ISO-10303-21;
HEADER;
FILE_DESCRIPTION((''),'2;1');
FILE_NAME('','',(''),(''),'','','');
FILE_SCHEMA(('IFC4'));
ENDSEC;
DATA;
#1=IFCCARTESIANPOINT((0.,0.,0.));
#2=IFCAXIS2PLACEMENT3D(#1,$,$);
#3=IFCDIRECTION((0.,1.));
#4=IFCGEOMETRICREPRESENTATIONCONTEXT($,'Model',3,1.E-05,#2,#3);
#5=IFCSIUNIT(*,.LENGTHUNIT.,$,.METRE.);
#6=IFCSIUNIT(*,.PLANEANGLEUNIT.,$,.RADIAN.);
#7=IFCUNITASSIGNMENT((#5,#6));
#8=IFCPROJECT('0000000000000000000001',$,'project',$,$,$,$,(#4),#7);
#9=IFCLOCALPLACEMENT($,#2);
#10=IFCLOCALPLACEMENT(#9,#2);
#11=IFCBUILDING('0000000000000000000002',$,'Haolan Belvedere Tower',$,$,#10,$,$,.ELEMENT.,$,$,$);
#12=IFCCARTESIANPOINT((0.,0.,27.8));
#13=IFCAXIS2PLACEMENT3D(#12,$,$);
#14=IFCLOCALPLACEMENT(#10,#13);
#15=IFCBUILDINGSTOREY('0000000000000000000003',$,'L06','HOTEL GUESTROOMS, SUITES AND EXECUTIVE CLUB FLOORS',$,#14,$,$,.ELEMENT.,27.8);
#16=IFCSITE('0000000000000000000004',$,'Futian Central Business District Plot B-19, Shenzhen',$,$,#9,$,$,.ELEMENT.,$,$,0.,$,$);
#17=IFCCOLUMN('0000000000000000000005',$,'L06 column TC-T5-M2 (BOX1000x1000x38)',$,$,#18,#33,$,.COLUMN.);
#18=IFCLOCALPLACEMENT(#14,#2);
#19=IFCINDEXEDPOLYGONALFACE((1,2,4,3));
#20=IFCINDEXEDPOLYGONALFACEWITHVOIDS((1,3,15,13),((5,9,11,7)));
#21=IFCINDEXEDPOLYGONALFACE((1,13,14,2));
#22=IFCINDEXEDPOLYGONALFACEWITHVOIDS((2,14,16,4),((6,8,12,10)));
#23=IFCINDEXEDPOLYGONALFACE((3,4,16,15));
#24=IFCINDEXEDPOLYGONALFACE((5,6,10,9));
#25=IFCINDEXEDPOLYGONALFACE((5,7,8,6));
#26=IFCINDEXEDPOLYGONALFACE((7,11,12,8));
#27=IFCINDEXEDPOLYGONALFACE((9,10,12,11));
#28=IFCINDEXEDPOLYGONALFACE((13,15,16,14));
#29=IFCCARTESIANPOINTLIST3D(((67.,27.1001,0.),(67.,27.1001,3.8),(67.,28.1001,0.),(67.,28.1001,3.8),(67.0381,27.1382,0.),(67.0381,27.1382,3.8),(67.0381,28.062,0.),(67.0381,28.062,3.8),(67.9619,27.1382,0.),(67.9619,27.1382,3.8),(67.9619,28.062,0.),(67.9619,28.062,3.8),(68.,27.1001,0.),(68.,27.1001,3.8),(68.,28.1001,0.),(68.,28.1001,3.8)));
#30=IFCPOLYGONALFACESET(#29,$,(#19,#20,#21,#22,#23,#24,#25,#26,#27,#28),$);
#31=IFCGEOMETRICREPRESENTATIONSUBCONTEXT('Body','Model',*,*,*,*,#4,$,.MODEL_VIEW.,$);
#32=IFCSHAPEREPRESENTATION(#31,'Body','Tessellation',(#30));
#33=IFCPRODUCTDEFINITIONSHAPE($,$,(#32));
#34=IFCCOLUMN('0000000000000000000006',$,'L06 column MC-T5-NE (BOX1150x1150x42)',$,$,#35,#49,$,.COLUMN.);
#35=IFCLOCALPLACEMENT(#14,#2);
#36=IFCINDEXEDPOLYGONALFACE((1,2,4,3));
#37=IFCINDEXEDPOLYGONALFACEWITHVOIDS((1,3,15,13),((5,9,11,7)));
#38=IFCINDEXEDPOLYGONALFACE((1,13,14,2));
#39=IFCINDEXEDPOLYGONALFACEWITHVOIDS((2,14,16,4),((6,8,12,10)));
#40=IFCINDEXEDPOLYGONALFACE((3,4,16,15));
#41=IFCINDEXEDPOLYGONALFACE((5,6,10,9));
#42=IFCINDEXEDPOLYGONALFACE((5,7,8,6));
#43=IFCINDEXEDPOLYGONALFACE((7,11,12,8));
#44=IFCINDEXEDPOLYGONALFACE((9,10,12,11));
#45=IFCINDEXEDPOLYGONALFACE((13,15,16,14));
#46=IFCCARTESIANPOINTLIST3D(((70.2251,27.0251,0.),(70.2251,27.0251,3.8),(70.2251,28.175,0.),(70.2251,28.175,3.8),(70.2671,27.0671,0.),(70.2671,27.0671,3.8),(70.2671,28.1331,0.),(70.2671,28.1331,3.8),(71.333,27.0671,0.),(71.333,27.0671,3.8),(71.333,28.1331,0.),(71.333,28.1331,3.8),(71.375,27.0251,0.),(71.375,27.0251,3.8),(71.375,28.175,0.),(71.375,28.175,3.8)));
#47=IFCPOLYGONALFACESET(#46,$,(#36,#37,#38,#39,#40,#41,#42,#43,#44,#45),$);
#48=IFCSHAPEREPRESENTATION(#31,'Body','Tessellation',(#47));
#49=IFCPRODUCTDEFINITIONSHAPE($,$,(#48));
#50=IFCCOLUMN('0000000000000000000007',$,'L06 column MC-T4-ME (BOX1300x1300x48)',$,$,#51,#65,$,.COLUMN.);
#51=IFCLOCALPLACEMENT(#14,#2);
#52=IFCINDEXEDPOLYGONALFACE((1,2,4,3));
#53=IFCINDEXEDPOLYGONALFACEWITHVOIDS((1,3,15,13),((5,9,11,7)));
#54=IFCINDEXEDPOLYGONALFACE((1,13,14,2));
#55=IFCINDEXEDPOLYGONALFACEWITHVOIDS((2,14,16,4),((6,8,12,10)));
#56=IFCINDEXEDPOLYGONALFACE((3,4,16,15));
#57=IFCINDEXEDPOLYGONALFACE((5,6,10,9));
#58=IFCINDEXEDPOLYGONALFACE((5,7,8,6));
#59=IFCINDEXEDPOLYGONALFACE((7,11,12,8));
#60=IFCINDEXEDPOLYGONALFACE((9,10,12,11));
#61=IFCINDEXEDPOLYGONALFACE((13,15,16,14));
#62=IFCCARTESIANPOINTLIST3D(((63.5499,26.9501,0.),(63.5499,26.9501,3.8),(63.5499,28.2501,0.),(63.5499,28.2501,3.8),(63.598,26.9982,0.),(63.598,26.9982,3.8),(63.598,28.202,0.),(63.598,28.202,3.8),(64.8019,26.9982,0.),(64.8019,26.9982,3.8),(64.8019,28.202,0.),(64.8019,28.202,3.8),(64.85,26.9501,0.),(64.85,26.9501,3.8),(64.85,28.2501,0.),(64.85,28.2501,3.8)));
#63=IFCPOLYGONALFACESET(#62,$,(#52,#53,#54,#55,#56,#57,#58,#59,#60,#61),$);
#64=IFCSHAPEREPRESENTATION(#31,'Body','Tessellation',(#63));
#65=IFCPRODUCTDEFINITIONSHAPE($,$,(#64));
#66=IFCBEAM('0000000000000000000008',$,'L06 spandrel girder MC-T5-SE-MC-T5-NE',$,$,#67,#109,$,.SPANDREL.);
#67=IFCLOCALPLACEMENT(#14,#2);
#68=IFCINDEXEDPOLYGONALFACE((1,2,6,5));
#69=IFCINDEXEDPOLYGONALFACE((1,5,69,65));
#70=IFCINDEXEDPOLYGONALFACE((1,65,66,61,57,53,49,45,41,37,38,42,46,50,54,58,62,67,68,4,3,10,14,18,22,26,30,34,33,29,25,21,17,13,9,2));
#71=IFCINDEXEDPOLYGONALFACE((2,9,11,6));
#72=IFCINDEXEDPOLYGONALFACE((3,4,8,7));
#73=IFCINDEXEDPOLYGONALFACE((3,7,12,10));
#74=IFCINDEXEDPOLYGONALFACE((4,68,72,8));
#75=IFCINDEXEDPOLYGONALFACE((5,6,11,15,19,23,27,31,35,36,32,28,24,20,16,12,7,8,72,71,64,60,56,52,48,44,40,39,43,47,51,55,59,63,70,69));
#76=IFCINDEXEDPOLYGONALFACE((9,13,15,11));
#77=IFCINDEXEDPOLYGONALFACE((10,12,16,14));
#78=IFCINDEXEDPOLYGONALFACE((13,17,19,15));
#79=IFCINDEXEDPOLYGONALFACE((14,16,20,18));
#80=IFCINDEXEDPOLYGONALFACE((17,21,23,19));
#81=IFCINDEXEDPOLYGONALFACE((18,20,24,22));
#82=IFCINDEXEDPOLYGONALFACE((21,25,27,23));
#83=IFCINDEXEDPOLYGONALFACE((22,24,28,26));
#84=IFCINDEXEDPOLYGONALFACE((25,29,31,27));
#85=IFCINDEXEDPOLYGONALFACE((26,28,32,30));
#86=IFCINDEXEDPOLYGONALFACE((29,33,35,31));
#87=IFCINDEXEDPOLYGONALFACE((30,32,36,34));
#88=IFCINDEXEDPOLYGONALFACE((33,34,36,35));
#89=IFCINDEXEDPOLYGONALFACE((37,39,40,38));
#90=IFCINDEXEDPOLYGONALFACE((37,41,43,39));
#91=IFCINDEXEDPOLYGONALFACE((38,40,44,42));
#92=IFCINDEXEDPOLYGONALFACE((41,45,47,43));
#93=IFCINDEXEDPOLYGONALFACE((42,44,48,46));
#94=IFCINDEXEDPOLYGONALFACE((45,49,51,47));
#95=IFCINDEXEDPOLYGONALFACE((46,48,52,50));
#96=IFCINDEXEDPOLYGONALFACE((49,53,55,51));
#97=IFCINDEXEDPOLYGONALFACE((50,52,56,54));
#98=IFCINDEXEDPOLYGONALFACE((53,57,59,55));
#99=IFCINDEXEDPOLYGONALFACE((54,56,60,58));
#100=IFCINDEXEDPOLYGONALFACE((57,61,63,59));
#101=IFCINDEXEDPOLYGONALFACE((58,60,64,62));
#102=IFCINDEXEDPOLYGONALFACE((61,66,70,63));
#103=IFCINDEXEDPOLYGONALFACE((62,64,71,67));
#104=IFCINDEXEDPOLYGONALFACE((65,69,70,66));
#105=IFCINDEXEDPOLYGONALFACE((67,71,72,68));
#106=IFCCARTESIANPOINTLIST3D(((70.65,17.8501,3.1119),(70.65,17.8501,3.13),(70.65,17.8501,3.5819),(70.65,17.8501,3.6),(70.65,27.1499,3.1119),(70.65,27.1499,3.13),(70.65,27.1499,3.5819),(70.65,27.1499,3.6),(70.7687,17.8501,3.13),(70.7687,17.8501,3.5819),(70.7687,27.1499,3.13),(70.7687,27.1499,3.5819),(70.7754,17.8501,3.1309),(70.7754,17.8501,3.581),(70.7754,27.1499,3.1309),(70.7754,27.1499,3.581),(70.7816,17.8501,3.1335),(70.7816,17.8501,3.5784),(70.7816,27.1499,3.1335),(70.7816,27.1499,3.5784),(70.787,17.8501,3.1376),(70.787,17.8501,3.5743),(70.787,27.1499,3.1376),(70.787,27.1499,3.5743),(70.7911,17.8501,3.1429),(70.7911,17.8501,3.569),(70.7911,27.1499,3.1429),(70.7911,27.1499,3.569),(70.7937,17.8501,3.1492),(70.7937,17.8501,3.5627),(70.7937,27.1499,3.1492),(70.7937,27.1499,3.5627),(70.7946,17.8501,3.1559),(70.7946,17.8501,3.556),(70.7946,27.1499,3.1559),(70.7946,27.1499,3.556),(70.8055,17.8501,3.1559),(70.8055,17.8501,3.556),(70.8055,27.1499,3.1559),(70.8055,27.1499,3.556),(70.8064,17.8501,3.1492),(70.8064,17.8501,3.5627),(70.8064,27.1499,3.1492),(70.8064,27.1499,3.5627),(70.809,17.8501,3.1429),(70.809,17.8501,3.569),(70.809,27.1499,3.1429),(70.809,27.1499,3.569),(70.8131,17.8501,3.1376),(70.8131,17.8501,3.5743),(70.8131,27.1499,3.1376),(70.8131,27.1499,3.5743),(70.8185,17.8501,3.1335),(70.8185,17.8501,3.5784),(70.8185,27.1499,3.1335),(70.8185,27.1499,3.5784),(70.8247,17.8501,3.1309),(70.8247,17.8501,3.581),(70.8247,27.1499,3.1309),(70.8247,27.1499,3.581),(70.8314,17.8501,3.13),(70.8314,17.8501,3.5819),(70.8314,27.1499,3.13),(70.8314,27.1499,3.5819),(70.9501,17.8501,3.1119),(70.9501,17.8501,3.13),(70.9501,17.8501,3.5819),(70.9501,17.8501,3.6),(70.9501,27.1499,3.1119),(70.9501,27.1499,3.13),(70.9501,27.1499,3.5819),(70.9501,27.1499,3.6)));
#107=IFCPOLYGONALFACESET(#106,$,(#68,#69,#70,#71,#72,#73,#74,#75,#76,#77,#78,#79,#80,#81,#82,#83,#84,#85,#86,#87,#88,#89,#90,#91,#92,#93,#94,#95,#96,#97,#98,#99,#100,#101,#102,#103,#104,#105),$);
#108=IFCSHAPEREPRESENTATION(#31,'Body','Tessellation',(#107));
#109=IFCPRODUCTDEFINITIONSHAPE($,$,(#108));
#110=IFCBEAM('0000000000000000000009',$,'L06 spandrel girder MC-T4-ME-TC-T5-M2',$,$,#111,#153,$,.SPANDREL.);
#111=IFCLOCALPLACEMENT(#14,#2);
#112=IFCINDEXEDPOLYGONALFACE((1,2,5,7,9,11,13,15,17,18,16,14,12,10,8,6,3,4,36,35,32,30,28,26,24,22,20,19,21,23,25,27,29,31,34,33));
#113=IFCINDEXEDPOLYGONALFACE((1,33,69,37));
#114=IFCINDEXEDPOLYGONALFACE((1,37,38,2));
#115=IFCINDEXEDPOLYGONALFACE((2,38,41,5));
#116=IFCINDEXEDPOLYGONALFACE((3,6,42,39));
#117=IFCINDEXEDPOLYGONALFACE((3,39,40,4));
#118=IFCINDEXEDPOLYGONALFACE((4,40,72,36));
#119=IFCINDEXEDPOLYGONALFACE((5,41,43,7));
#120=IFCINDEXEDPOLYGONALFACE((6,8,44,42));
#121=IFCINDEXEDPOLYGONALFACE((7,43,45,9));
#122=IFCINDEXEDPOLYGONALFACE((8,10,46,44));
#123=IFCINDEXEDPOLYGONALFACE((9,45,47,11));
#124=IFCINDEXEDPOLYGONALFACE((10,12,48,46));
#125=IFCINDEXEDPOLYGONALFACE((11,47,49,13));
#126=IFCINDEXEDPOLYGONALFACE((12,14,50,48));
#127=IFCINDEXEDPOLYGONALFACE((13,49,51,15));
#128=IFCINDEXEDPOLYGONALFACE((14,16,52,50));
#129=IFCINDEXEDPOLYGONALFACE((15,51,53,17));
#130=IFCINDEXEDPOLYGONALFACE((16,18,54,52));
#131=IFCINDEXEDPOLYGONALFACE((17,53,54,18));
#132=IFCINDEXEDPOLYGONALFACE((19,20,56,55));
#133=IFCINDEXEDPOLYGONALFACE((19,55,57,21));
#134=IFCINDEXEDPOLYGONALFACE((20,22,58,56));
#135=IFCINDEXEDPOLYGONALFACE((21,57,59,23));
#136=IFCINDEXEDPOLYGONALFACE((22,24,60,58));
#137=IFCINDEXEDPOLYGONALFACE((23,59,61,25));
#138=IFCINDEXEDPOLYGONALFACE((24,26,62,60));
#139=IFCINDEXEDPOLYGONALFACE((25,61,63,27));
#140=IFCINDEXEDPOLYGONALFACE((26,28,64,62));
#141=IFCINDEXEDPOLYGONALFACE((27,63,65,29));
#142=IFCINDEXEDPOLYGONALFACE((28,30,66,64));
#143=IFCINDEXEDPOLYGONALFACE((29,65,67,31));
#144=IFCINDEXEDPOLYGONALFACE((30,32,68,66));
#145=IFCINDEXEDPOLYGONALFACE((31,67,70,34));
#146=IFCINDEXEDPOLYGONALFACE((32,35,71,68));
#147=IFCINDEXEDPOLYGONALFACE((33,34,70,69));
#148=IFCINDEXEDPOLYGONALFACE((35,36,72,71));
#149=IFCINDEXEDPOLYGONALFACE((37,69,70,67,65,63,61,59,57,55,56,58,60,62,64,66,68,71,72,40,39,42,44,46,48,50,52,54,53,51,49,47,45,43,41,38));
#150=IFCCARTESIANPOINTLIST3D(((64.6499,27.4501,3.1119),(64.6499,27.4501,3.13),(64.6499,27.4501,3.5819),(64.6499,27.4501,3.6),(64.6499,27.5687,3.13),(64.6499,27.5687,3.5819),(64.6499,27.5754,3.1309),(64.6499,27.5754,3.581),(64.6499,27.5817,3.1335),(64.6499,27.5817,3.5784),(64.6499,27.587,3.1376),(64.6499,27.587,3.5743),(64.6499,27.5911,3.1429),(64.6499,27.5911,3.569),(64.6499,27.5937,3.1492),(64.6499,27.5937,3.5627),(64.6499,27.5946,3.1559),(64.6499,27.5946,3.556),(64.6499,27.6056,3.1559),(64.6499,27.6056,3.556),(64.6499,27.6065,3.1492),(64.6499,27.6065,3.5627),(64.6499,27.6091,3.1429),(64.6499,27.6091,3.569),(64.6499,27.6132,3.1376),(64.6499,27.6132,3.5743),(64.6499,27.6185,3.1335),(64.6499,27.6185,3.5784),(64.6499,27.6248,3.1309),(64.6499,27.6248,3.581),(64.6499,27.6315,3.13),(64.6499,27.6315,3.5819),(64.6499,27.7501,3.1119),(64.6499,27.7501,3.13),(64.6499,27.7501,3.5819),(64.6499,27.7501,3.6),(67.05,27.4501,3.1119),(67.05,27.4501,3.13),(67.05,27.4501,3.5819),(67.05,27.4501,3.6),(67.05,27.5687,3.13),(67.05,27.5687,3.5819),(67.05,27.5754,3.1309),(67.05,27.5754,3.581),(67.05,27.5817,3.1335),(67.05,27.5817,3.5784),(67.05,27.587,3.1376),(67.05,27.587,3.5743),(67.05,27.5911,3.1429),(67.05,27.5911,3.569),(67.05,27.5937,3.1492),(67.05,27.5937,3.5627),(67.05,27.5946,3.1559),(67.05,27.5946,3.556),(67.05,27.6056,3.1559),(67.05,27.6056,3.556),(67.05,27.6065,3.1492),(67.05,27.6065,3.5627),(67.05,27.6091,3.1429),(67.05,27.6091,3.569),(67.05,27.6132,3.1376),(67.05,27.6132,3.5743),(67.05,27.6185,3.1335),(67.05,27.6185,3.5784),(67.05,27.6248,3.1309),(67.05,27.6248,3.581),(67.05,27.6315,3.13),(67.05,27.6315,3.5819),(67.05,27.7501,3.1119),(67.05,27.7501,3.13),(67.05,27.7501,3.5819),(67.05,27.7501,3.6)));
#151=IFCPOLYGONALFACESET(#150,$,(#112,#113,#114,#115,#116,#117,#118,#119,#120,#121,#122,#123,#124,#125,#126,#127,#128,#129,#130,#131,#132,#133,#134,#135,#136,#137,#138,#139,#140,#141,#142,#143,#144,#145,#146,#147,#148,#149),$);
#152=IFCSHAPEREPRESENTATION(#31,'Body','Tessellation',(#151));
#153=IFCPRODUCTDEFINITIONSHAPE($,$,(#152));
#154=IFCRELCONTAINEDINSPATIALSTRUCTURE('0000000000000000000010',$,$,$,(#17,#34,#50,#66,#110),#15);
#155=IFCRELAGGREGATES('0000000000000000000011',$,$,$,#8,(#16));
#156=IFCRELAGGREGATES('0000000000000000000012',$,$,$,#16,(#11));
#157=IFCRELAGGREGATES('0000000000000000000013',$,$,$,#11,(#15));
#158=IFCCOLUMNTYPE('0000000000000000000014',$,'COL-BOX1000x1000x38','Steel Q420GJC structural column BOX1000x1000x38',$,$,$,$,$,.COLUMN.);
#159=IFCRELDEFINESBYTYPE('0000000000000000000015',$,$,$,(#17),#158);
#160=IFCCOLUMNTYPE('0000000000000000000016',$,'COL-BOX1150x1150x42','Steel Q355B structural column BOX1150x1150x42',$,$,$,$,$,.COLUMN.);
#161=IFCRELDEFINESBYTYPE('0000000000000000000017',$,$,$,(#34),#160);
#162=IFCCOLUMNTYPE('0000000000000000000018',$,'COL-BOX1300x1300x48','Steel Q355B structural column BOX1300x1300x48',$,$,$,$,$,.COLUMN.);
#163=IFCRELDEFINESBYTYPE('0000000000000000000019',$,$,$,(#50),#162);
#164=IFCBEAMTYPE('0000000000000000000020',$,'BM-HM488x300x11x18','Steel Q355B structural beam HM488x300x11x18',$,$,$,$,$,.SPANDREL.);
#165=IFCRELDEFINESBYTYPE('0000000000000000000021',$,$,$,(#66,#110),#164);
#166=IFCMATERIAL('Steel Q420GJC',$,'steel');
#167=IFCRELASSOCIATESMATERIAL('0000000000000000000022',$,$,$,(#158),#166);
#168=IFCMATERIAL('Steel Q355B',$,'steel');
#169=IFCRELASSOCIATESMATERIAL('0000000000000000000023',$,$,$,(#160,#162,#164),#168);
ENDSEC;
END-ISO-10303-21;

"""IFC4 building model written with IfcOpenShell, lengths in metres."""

from ifc_helpers import new_model, si_unit, direction, frame, origin, origin_2d, place, context, subcontext, project, spatial, hollow_rectangle, i_section, extrude, material, material_profile, profile_set, type_object, element, save


model = new_model("IFC4")

# Units and contexts
model_context = context("Model", 3, precision=1e-05, world=origin(), true_north=direction((0.0, 1.0)))
body_context = subcontext(model_context, "Body", "Model", "MODEL_VIEW")
ifc_project = project(units=[si_unit("LENGTHUNIT", "METRE"), si_unit("PLANEANGLEUNIT", "RADIAN")], contexts=[model_context])

# Site, building, storey
site_placement = place(None, origin())
site = spatial("IfcSite", under=ifc_project, at=site_placement, Name="Futian Central Business District Plot B-19, Shenzhen", CompositionType="ELEMENT", RefElevation=0.0)
building_placement = place(site_placement, origin())
building = spatial("IfcBuilding", under=site, at=building_placement, Name="Haolan Belvedere Tower", CompositionType="ELEMENT")
storey_placement = place(building_placement, frame((0.0, 0.0, 27.8)))
storey = spatial("IfcBuildingStorey", under=building, at=storey_placement, Name="L06", Description="HOTEL GUESTROOMS, SUITES AND EXECUTIVE CLUB FLOORS", CompositionType="ELEMENT", Elevation=27.8)

# Columns
ifc_material_1 = material(Name="Steel Q420GJC", Category="steel")
ifc_material_profile_1 = material_profile(ifc_material_1, hollow_rectangle(XDim=1.0, YDim=1.0, WallThickness=0.0381, at=origin_2d()), Name="Steel Q420GJC")
ifc_profile_set_1 = profile_set([ifc_material_profile_1], Name="Steel Q420GJC")
column_type_1 = type_object("IfcColumnType", Name="COL-BOX1000x1000x38", Description="Steel Q420GJC structural column BOX1000x1000x38", PredefinedType="COLUMN", material=ifc_profile_set_1)
column_1_placement = place(storey_placement, frame((67.5, 27.6001, 0.0), z_axis=(0.0, 0.0, 1.0), x_axis=(1.0, 0.0, 0.0)))
element("IfcColumn", 1, at=column_1_placement, inside=storey, type_object=column_type_1, Name="L06 column TC-T5-M2 (BOX1000x1000x38)", PredefinedType="COLUMN", context=body_context, shape_type="SweptSolid", body=[
    extrude(hollow_rectangle(XDim=1.0, YDim=1.0, WallThickness=0.0381, at=origin_2d()), origin(), (0.0, 0.0, 1.0), 3.8),
])
ifc_material_2 = material(Name="Steel Q355B", Category="steel")
ifc_material_profile_2 = material_profile(ifc_material_2, hollow_rectangle(XDim=1.1499, YDim=1.1499, WallThickness=0.042, at=origin_2d()), Name="Steel Q355B")
ifc_profile_set_2 = profile_set([ifc_material_profile_2], Name="Steel Q355B")
column_type_2 = type_object("IfcColumnType", Name="COL-BOX1150x1150x42", Description="Steel Q355B structural column BOX1150x1150x42", PredefinedType="COLUMN", material=ifc_profile_set_2)
column_2_placement = place(storey_placement, frame((70.8, 27.6001, 0.0), z_axis=(0.0, 0.0, 1.0), x_axis=(1.0, 0.0, 0.0)))
element("IfcColumn", 2, at=column_2_placement, inside=storey, type_object=column_type_2, Name="L06 column MC-T5-NE (BOX1150x1150x42)", PredefinedType="COLUMN", context=body_context, shape_type="SweptSolid", body=[
    extrude(hollow_rectangle(XDim=1.1499, YDim=1.1499, WallThickness=0.042, at=origin_2d()), origin(), (0.0, 0.0, 1.0), 3.8),
])
ifc_material_profile_3 = material_profile(ifc_material_2, hollow_rectangle(XDim=1.3, YDim=1.3, WallThickness=0.0481, at=origin_2d()), Name="Steel Q355B")
ifc_profile_set_3 = profile_set([ifc_material_profile_3], Name="Steel Q355B")
column_type_3 = type_object("IfcColumnType", Name="COL-BOX1300x1300x48", Description="Steel Q355B structural column BOX1300x1300x48", PredefinedType="COLUMN", material=ifc_profile_set_3)
column_3_placement = place(storey_placement, frame((64.2, 27.6001, 0.0), z_axis=(0.0, 0.0, 1.0), x_axis=(1.0, 0.0, 0.0)))
element("IfcColumn", 3, at=column_3_placement, inside=storey, type_object=column_type_3, Name="L06 column MC-T4-ME (BOX1300x1300x48)", PredefinedType="COLUMN", context=body_context, shape_type="SweptSolid", body=[
    extrude(hollow_rectangle(XDim=1.3, YDim=1.3, WallThickness=0.0481, at=origin_2d()), origin(), (0.0, 0.0, 1.0), 3.8),
])

# Beams
ifc_material_profile_4 = material_profile(ifc_material_2, i_section(OverallWidth=0.3, OverallDepth=0.488, WebThickness=0.011, FlangeThickness=0.0181, FilletRadius=0.0259, at=origin_2d()), Name="Steel Q355B")
ifc_profile_set_4 = profile_set([ifc_material_profile_4], Name="Steel Q355B")
beam_type = type_object("IfcBeamType", Name="BM-HM488x300x11x18", Description="Steel Q355B structural beam HM488x300x11x18", PredefinedType="SPANDREL", material=ifc_profile_set_4)
beam_placement = place(storey_placement, frame((70.8, 17.8501, 3.356), z_axis=(0.0, 1.0, 0.0), x_axis=(-1.0, 0.0, 0.0)))
element("IfcBeam", 4, at=beam_placement, inside=storey, type_object=beam_type, Name="L06 spandrel girder MC-T5-SE-MC-T5-NE", PredefinedType="SPANDREL", context=body_context, shape_type="SweptSolid", body=[
    extrude(i_section(OverallWidth=0.3, OverallDepth=0.488, WebThickness=0.011, FlangeThickness=0.0181, FilletRadius=0.0259, at=origin_2d()), origin(), (0.0, 0.0, 1.0), 9.2998),
])
for number, where, z_axis, x_axis, name in (
    (5, (64.6499, 27.6001, 3.356), (1.0, 0.0, 0.0), (0.0, 1.0, 0.0), "L06 spandrel girder MC-T4-ME-TC-T5-M2"),
):
    element("IfcBeam", number, at=place(storey_placement, frame(where, z_axis=z_axis, x_axis=x_axis)), inside=storey, type_object=beam_type, Name=name, PredefinedType="SPANDREL", context=body_context, shape_type="SweptSolid", body=[
        extrude(i_section(OverallWidth=0.3, OverallDepth=0.488, WebThickness=0.011, FlangeThickness=0.0181, FilletRadius=0.0259, at=origin_2d()), origin(), (0.0, 0.0, 1.0), 2.4001),
    ])

save(model, "model.ifc")
